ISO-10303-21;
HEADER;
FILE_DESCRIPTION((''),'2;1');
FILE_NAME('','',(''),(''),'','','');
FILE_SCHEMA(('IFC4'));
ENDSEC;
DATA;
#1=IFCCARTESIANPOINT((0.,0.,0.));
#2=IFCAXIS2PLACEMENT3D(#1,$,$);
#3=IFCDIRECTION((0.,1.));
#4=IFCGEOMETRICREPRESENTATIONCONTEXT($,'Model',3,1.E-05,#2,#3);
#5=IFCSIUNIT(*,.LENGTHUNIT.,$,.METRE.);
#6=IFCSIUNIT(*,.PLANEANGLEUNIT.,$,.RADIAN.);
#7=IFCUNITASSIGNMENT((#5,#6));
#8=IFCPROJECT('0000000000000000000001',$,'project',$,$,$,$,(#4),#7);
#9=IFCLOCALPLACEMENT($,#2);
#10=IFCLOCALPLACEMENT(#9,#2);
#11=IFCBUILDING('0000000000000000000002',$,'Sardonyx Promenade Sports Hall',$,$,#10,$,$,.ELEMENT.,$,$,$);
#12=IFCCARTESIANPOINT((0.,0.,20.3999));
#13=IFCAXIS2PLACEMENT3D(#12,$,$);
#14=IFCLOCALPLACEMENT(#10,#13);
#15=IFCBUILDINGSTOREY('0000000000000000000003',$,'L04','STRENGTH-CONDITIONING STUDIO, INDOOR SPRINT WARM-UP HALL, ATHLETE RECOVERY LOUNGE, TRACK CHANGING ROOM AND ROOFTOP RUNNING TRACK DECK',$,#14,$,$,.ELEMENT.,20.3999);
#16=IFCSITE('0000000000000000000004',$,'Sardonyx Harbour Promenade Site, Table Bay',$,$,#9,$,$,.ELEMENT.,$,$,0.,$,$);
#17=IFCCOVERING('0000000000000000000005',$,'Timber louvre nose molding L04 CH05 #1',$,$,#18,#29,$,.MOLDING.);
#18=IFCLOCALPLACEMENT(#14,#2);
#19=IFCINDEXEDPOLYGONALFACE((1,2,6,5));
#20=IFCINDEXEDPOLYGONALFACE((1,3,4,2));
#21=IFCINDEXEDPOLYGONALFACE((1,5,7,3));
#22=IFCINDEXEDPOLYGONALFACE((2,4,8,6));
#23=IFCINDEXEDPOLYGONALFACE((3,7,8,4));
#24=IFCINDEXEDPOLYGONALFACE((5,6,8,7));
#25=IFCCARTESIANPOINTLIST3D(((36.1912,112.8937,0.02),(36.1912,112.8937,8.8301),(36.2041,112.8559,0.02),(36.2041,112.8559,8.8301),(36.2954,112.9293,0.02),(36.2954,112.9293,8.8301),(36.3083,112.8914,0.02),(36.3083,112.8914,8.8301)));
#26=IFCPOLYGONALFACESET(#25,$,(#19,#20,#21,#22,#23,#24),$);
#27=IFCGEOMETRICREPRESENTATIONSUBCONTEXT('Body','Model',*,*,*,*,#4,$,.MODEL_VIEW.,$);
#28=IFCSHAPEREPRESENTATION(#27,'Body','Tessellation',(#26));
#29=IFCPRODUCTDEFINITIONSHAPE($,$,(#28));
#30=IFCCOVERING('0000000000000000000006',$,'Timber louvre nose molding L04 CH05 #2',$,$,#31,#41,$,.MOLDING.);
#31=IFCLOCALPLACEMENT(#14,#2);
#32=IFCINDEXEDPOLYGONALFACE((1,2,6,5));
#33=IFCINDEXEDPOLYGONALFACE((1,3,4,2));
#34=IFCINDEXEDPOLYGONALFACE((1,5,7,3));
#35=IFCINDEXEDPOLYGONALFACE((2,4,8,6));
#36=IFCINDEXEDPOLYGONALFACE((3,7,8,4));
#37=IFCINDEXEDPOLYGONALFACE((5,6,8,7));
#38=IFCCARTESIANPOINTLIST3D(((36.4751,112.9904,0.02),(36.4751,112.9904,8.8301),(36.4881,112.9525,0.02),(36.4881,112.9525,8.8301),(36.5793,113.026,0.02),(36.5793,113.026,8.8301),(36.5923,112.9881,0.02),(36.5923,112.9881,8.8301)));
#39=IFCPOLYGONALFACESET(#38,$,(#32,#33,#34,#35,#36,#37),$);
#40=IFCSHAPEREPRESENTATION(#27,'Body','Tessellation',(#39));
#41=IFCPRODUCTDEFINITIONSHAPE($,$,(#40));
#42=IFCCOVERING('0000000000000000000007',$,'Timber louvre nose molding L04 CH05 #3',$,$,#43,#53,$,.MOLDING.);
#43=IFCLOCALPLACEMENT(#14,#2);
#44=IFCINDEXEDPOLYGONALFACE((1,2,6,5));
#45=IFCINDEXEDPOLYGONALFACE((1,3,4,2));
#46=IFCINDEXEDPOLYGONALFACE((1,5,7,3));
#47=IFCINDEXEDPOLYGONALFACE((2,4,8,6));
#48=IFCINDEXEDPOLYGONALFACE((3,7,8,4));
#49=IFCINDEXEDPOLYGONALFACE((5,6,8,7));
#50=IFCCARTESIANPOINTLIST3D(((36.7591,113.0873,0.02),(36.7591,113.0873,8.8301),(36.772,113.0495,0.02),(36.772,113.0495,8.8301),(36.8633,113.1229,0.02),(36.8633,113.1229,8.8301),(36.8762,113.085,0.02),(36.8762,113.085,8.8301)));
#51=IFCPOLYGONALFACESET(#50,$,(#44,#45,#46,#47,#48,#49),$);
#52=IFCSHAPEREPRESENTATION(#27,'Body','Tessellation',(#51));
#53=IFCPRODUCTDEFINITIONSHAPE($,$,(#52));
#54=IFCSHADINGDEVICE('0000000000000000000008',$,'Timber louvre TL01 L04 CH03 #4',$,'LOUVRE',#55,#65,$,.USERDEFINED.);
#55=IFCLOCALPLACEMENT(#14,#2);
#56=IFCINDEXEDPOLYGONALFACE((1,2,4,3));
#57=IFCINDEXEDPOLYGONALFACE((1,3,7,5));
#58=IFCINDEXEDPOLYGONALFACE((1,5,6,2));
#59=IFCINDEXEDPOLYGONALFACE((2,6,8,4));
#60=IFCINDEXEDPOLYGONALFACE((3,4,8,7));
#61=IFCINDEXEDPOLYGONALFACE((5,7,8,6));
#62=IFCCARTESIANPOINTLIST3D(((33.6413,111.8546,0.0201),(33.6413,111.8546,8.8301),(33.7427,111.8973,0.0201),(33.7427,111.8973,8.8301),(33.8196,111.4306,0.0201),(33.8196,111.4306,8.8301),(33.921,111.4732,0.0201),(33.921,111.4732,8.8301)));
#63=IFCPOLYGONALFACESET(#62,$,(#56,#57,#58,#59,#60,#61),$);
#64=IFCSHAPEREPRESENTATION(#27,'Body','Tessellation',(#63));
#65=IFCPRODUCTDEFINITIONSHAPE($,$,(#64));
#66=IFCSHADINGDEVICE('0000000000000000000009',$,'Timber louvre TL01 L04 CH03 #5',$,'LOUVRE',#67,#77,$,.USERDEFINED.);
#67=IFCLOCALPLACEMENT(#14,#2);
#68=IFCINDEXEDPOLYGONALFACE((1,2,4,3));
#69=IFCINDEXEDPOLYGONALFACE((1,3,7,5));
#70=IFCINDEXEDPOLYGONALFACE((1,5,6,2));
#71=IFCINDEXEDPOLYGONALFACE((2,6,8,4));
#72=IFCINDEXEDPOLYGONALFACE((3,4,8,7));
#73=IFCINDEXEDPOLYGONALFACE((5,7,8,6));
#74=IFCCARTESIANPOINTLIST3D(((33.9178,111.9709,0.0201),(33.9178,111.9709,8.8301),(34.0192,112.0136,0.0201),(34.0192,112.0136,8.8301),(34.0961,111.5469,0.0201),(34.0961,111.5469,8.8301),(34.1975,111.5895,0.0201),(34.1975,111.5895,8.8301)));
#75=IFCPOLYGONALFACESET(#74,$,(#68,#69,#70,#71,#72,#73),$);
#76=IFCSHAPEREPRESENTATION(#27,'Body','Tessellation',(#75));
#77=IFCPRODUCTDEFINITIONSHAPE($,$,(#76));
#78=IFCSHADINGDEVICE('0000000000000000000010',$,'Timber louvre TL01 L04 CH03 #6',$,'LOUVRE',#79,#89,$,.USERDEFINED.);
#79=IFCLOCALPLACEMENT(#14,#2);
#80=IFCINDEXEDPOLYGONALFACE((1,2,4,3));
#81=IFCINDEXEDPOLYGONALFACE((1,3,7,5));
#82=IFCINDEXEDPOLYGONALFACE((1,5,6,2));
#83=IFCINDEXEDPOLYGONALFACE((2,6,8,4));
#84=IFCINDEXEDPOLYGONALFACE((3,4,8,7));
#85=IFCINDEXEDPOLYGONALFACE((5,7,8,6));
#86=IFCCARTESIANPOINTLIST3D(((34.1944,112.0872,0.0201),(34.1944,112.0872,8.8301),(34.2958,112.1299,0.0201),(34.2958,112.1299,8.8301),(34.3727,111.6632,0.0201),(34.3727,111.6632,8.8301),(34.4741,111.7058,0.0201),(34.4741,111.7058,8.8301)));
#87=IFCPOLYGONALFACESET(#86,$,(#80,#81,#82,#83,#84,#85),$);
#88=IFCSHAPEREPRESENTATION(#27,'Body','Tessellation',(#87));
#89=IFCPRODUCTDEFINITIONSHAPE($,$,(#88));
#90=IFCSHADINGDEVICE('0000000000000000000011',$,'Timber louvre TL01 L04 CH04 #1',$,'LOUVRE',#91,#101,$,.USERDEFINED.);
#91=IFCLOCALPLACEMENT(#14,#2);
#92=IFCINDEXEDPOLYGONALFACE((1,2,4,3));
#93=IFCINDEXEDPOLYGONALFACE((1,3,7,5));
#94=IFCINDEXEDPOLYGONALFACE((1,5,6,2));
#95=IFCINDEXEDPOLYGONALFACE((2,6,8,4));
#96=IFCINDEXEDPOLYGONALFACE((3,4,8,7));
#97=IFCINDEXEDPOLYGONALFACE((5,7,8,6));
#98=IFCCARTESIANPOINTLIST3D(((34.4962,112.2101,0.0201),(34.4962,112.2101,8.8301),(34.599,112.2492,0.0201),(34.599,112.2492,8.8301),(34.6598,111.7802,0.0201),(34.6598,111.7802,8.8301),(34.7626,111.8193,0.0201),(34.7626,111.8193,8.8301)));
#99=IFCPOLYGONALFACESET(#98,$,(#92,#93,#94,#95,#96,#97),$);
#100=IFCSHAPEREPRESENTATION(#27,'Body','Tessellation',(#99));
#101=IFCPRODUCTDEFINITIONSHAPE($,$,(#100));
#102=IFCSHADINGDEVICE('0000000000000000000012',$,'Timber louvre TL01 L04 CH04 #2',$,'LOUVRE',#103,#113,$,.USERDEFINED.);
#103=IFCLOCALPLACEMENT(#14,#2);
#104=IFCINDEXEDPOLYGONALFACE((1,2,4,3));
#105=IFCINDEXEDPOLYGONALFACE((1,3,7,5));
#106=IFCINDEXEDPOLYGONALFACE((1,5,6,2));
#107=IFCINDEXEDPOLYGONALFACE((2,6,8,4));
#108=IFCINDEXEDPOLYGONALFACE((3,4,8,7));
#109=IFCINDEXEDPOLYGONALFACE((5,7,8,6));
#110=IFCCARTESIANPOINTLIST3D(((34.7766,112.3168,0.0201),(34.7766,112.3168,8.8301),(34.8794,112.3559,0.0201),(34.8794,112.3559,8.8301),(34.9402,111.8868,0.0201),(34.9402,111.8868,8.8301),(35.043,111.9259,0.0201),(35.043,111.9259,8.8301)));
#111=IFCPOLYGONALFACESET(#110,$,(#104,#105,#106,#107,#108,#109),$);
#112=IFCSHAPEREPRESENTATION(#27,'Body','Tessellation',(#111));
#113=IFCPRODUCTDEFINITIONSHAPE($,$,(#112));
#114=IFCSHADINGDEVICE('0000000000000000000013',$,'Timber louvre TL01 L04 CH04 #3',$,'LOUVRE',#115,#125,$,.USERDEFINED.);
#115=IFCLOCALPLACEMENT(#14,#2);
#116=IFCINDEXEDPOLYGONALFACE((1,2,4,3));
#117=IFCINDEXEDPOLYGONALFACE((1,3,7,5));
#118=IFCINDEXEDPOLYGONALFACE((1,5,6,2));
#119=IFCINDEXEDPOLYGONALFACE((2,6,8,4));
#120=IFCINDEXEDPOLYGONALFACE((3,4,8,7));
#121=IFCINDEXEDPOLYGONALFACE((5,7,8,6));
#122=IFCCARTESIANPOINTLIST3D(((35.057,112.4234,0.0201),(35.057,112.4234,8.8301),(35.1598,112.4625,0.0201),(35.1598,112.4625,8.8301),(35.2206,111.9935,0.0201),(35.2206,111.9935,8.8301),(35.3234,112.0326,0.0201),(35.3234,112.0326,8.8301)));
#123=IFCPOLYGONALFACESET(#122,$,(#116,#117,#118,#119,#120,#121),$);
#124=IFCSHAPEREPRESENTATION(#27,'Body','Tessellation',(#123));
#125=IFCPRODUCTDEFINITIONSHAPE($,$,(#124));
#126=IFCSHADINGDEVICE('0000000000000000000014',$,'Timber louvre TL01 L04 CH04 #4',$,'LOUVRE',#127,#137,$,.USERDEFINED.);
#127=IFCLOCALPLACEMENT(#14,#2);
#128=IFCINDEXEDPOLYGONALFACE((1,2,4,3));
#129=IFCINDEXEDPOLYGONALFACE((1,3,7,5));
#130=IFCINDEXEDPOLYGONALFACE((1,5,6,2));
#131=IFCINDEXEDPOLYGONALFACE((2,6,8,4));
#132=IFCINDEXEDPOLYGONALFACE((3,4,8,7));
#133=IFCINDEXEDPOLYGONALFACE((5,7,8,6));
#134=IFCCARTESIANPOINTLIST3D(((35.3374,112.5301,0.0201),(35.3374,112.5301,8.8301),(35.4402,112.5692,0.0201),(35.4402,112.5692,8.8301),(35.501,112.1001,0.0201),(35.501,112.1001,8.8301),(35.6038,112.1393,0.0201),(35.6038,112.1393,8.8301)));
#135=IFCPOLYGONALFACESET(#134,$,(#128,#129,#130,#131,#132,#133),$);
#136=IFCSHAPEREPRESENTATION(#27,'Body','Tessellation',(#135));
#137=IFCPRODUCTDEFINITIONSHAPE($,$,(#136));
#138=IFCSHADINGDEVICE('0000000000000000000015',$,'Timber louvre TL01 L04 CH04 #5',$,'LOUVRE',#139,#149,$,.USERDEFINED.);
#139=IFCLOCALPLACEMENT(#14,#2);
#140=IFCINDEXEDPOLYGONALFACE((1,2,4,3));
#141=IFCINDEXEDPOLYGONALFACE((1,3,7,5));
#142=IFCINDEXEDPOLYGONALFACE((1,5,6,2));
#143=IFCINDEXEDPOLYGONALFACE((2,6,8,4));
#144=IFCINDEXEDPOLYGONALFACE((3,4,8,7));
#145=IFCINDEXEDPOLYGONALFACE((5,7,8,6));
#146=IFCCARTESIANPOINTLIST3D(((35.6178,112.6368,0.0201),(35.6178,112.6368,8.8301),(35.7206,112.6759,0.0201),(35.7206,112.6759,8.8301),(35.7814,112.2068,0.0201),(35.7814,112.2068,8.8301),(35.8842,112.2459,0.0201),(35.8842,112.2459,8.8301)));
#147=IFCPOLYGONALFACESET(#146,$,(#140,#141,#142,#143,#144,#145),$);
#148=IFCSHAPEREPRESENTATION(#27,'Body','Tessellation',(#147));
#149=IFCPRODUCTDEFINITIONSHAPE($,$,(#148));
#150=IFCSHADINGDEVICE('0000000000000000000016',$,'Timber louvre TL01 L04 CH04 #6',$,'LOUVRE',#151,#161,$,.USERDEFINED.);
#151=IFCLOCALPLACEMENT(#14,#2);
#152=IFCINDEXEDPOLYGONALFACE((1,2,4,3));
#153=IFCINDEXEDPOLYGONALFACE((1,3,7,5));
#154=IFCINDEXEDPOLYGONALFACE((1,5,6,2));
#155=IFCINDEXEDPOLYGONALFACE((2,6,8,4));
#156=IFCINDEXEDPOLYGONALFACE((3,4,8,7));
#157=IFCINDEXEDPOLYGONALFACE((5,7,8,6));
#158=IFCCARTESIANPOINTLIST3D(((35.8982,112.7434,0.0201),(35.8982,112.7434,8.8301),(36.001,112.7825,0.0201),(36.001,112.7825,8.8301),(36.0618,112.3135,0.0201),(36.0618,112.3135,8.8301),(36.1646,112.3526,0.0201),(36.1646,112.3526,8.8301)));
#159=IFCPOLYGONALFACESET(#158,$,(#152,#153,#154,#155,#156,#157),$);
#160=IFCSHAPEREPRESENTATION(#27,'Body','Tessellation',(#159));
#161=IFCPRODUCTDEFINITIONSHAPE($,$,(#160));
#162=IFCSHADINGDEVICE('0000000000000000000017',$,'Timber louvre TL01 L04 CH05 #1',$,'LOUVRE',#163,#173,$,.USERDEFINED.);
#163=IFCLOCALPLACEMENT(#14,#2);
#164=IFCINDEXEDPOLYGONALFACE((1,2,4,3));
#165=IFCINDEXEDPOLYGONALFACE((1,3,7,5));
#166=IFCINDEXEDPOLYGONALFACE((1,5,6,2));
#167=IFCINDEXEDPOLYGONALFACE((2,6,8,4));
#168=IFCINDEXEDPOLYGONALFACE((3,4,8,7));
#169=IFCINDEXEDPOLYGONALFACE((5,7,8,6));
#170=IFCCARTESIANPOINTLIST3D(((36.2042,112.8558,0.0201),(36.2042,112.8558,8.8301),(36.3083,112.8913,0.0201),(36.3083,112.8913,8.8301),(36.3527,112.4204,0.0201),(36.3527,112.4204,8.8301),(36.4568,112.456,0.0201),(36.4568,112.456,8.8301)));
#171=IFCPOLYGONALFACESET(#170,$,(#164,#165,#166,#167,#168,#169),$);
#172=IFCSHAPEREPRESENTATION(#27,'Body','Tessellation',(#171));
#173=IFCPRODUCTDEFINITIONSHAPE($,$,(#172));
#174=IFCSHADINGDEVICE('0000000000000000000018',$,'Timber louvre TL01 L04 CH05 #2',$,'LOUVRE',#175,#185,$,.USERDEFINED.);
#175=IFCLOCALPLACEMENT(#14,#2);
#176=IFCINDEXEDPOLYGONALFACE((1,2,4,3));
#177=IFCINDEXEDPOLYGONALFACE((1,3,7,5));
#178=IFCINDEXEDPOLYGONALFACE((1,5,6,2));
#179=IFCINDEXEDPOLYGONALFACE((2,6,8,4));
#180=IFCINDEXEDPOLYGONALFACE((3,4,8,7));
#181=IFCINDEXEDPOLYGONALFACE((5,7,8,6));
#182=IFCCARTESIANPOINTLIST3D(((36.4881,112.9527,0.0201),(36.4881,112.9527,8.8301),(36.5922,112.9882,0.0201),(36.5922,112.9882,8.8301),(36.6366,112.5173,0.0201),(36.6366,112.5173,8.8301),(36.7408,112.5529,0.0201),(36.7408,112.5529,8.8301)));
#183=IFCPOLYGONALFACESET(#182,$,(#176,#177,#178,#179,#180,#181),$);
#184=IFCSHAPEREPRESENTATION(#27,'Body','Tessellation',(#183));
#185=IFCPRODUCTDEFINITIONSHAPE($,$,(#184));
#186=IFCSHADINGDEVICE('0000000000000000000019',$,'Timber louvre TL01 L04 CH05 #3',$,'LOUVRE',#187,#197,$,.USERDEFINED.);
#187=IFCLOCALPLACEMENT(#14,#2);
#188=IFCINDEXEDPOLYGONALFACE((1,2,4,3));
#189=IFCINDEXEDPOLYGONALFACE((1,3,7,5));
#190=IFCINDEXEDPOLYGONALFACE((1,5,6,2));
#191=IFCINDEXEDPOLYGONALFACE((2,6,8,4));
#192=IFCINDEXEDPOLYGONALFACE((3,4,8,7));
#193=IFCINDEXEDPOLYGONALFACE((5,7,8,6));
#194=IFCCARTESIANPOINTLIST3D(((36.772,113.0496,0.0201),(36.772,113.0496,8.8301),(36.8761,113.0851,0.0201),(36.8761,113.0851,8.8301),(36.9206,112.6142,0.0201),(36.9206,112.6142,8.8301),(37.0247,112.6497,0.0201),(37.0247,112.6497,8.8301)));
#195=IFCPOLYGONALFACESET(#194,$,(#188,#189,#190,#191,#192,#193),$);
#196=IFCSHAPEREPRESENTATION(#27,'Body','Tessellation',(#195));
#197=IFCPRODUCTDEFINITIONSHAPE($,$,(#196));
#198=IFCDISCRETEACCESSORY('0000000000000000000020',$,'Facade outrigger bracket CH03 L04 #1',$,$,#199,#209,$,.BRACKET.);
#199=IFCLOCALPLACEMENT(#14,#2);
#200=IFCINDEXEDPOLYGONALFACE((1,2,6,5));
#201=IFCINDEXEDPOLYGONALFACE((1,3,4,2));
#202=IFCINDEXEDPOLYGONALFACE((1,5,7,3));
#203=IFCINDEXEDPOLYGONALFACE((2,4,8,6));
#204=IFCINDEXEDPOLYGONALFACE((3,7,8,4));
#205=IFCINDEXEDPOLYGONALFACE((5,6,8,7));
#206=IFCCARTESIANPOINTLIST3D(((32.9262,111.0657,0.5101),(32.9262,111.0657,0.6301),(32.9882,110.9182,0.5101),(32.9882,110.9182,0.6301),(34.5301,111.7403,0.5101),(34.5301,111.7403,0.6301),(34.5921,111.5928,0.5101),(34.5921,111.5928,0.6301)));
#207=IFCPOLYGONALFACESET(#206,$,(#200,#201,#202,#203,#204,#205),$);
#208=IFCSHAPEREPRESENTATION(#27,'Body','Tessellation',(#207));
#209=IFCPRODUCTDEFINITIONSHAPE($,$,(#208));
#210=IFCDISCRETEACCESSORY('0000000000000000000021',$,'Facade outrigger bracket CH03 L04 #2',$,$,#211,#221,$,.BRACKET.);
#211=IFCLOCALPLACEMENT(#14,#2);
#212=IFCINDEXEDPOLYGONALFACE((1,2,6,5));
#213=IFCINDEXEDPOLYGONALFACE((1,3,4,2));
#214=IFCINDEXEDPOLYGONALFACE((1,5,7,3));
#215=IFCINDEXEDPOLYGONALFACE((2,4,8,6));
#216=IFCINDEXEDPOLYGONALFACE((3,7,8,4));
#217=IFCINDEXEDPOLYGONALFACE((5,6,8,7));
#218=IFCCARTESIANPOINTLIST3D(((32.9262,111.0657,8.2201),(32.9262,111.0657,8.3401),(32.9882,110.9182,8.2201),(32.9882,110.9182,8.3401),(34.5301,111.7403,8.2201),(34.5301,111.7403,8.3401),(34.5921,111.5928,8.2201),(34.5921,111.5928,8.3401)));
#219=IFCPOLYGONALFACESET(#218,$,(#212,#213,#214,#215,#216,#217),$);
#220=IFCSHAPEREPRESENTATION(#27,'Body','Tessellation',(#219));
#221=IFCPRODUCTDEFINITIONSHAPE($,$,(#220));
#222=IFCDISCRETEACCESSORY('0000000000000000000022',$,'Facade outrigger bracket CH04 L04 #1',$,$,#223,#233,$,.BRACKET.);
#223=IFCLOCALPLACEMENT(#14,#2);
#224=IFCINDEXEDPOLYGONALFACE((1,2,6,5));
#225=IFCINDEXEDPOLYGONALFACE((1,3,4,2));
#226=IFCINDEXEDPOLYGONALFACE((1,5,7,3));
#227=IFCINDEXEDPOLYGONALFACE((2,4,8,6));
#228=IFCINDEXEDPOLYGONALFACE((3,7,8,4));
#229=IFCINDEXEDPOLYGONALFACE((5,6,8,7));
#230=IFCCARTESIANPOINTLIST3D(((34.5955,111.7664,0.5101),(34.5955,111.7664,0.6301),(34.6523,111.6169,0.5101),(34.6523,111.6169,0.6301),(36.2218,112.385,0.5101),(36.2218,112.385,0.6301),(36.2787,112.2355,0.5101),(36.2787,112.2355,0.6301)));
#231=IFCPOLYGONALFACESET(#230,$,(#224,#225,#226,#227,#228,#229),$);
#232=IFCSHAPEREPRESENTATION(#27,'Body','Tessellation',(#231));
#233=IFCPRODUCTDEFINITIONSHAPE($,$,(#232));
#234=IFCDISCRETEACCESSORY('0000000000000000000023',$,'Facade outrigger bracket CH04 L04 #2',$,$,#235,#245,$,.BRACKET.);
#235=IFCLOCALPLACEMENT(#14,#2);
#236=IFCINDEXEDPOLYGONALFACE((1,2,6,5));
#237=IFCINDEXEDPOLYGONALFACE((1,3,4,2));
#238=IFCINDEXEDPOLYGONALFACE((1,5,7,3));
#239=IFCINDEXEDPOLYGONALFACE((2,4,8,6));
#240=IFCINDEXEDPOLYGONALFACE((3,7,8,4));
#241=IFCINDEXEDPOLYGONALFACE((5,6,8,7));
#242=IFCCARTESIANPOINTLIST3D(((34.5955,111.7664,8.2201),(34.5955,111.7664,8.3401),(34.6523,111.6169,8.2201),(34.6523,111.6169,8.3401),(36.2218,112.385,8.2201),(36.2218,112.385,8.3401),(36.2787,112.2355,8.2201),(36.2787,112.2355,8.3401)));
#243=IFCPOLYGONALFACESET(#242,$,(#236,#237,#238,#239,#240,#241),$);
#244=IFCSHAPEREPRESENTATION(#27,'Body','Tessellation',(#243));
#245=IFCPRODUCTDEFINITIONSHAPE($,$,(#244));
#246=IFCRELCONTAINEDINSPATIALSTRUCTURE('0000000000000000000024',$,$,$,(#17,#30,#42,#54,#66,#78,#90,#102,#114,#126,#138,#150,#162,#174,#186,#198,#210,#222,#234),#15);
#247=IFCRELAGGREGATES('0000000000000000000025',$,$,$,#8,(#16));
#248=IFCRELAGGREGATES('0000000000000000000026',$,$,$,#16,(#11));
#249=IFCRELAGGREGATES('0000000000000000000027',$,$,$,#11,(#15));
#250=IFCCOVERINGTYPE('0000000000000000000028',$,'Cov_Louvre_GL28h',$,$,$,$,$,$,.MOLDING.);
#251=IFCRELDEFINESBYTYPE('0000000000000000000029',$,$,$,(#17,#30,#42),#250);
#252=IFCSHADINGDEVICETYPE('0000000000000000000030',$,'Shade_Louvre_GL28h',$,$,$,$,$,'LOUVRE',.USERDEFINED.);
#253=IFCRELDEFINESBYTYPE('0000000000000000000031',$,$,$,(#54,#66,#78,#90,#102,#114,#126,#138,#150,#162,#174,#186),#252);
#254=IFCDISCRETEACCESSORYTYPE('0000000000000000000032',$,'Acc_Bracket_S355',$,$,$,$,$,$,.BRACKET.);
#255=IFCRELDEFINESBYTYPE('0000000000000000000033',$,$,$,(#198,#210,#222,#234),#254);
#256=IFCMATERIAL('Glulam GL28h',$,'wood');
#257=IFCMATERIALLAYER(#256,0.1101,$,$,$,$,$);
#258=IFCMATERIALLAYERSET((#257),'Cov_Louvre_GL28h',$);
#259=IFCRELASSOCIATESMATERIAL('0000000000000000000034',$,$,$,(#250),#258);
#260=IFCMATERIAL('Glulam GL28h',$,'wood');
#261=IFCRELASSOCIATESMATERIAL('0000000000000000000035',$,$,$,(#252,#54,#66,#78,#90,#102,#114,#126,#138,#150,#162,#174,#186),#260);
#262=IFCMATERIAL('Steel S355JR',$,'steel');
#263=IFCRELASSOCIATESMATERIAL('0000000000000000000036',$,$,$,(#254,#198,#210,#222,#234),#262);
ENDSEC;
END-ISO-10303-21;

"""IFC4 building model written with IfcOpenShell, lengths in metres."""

from ifc_helpers import new_model, si_unit, direction, frame, origin, origin_2d, place, context, subcontext, project, spatial, rectangle, extrude, material, layer, layer_set, type_object, element, save


model = new_model("IFC4")

# Units and contexts
model_context = context("Model", 3, precision=1e-05, world=origin(), true_north=direction((0.0, 1.0)))
body_context = subcontext(model_context, "Body", "Model", "MODEL_VIEW")
ifc_project = project(units=[si_unit("LENGTHUNIT", "METRE"), si_unit("PLANEANGLEUNIT", "RADIAN")], contexts=[model_context])

# Site, building, storey
site_placement = place(None, origin())
site = spatial("IfcSite", under=ifc_project, at=site_placement, Name="Sardonyx Harbour Promenade Site, Table Bay", CompositionType="ELEMENT", RefElevation=0.0)
building_placement = place(site_placement, origin())
building = spatial("IfcBuilding", under=site, at=building_placement, Name="Sardonyx Promenade Sports Hall", CompositionType="ELEMENT")
storey_placement = place(building_placement, frame((0.0, 0.0, 20.3999)))
storey = spatial("IfcBuildingStorey", under=building, at=storey_placement, Name="L04", Description="STRENGTH-CONDITIONING STUDIO, INDOOR SPRINT WARM-UP HALL, ATHLETE RECOVERY LOUNGE, TRACK CHANGING ROOM AND ROOFTOP RUNNING TRACK DECK", CompositionType="ELEMENT", Elevation=20.3999)

# Coverings
ifc_material_1 = material(Name="Glulam GL28h", Category="wood")
ifc_layer_1 = layer(ifc_material_1, 0.1101)
ifc_layer_set_1 = layer_set([ifc_layer_1], Name="Cov_Louvre_GL28h")
covering_type = type_object("IfcCoveringType", Name="Cov_Louvre_GL28h", PredefinedType="MOLDING", material=ifc_layer_set_1)
for number, where, z_axis, x_axis, name in (
    (1, (36.2498, 112.8926, 0.02), (0.0, 0.0, 1.0), (0.946411, 0.322966, 0.0), "Timber louvre nose molding L04 CH05 #1"),
    (2, (36.5337, 112.9893, 0.02), (0.0, 0.0, 1.0), (0.946411, 0.322966, 0.0), "Timber louvre nose molding L04 CH05 #2"),
    (3, (36.8176, 113.0862, 0.02), (0.0, 0.0, 1.0), (0.946411, 0.322966, 0.0), "Timber louvre nose molding L04 CH05 #3"),
):
    element("IfcCovering", number, at=place(storey_placement, frame(where, z_axis=z_axis, x_axis=x_axis)), inside=storey, type_object=covering_type, Name=name, PredefinedType="MOLDING", context=body_context, shape_type="SweptSolid", body=[
        extrude(rectangle(XDim=0.1101, YDim=0.04, at=origin_2d()), origin(), (0.0, 0.0, 1.0), 8.8101),
    ])

# Shading devices
ifc_material_2 = material(Name="Glulam GL28h", Category="wood")
shading_device_type = type_object("IfcShadingDeviceType", Name="Shade_Louvre_GL28h", ElementType="LOUVRE", PredefinedType="USERDEFINED", material=ifc_material_2)
for number, where, z_axis, x_axis, name in (
    (4, (33.7811, 111.6639, 0.0201), (0.0, 0.0, 1.0), (0.9218, 0.387665, 0.0), "Timber louvre TL01 L04 CH03 #4"),
    (5, (34.0577, 111.7802, 0.0201), (0.0, 0.0, 1.0), (0.9218, 0.387665, 0.0), "Timber louvre TL01 L04 CH03 #5"),
    (6, (34.3342, 111.8965, 0.0201), (0.0, 0.0, 1.0), (0.9218, 0.387665, 0.0), "Timber louvre TL01 L04 CH03 #6"),
    (7, (34.6294, 112.0147, 0.0201), (0.0, 0.0, 1.0), (0.934666, 0.355528, 0.0), "Timber louvre TL01 L04 CH04 #1"),
    (8, (34.9098, 112.1214, 0.0201), (0.0, 0.0, 1.0), (0.934666, 0.355528, 0.0), "Timber louvre TL01 L04 CH04 #2"),
    (9, (35.1902, 112.228, 0.0201), (0.0, 0.0, 1.0), (0.934666, 0.355528, 0.0), "Timber louvre TL01 L04 CH04 #3"),
    (10, (35.4706, 112.3347, 0.0201), (0.0, 0.0, 1.0), (0.934666, 0.355528, 0.0), "Timber louvre TL01 L04 CH04 #4"),
    (11, (35.751, 112.4413, 0.0201), (0.0, 0.0, 1.0), (0.934666, 0.355528, 0.0), "Timber louvre TL01 L04 CH04 #5"),
    (12, (36.0314, 112.548, 0.0201), (0.0, 0.0, 1.0), (0.934666, 0.355528, 0.0), "Timber louvre TL01 L04 CH04 #6"),
    (13, (36.3305, 112.6559, 0.0201), (0.0, 0.0, 1.0), (0.946411, 0.322966, 0.0), "Timber louvre TL01 L04 CH05 #1"),
    (14, (36.6144, 112.7528, 0.0201), (0.0, 0.0, 1.0), (0.946411, 0.322966, 0.0), "Timber louvre TL01 L04 CH05 #2"),
    (15, (36.8983, 112.8497, 0.0201), (0.0, 0.0, 1.0), (0.946411, 0.322966, 0.0), "Timber louvre TL01 L04 CH05 #3"),
):
    element("IfcShadingDevice", number, at=place(storey_placement, frame(where, z_axis=z_axis, x_axis=x_axis)), inside=storey, type_object=shading_device_type, material=ifc_material_2, Name=name, ObjectType="LOUVRE", PredefinedType="USERDEFINED", context=body_context, shape_type="SweptSolid", body=[
        extrude(rectangle(XDim=0.11, YDim=0.46), origin(), (0.0, 0.0, 1.0), 8.81),
    ])

# Discrete accessories
ifc_material_3 = material(Name="Steel S355JR", Category="steel")
discrete_accessory_type = type_object("IfcDiscreteAccessoryType", Name="Acc_Bracket_S355", PredefinedType="BRACKET", material=ifc_material_3)
for number, where, z_axis, x_axis, name in (
    (16, (33.7592, 111.3292, 0.5101), (0.0, 0.0, 1.0), (0.9218, 0.387665, 0.0), "Facade outrigger bracket CH03 L04 #1"),
    (17, (33.7592, 111.3292, 8.2201), (0.0, 0.0, 1.0), (0.9218, 0.387665, 0.0), "Facade outrigger bracket CH03 L04 #2"),
    (18, (35.4371, 112.0009, 0.5101), (0.0, 0.0, 1.0), (0.934666, 0.355528, 0.0), "Facade outrigger bracket CH04 L04 #1"),
    (19, (35.4371, 112.0009, 8.2201), (0.0, 0.0, 1.0), (0.934666, 0.355528, 0.0), "Facade outrigger bracket CH04 L04 #2"),
):
    element("IfcDiscreteAccessory", number, at=place(storey_placement, frame(where, z_axis=z_axis, x_axis=x_axis)), inside=storey, type_object=discrete_accessory_type, material=ifc_material_3, Name=name, PredefinedType="BRACKET", context=body_context, shape_type="SweptSolid", body=[
        extrude(rectangle(XDim=1.74, YDim=0.16), origin(), (0.0, 0.0, 1.0), 0.12),
    ])

save(model, "model.ifc")
